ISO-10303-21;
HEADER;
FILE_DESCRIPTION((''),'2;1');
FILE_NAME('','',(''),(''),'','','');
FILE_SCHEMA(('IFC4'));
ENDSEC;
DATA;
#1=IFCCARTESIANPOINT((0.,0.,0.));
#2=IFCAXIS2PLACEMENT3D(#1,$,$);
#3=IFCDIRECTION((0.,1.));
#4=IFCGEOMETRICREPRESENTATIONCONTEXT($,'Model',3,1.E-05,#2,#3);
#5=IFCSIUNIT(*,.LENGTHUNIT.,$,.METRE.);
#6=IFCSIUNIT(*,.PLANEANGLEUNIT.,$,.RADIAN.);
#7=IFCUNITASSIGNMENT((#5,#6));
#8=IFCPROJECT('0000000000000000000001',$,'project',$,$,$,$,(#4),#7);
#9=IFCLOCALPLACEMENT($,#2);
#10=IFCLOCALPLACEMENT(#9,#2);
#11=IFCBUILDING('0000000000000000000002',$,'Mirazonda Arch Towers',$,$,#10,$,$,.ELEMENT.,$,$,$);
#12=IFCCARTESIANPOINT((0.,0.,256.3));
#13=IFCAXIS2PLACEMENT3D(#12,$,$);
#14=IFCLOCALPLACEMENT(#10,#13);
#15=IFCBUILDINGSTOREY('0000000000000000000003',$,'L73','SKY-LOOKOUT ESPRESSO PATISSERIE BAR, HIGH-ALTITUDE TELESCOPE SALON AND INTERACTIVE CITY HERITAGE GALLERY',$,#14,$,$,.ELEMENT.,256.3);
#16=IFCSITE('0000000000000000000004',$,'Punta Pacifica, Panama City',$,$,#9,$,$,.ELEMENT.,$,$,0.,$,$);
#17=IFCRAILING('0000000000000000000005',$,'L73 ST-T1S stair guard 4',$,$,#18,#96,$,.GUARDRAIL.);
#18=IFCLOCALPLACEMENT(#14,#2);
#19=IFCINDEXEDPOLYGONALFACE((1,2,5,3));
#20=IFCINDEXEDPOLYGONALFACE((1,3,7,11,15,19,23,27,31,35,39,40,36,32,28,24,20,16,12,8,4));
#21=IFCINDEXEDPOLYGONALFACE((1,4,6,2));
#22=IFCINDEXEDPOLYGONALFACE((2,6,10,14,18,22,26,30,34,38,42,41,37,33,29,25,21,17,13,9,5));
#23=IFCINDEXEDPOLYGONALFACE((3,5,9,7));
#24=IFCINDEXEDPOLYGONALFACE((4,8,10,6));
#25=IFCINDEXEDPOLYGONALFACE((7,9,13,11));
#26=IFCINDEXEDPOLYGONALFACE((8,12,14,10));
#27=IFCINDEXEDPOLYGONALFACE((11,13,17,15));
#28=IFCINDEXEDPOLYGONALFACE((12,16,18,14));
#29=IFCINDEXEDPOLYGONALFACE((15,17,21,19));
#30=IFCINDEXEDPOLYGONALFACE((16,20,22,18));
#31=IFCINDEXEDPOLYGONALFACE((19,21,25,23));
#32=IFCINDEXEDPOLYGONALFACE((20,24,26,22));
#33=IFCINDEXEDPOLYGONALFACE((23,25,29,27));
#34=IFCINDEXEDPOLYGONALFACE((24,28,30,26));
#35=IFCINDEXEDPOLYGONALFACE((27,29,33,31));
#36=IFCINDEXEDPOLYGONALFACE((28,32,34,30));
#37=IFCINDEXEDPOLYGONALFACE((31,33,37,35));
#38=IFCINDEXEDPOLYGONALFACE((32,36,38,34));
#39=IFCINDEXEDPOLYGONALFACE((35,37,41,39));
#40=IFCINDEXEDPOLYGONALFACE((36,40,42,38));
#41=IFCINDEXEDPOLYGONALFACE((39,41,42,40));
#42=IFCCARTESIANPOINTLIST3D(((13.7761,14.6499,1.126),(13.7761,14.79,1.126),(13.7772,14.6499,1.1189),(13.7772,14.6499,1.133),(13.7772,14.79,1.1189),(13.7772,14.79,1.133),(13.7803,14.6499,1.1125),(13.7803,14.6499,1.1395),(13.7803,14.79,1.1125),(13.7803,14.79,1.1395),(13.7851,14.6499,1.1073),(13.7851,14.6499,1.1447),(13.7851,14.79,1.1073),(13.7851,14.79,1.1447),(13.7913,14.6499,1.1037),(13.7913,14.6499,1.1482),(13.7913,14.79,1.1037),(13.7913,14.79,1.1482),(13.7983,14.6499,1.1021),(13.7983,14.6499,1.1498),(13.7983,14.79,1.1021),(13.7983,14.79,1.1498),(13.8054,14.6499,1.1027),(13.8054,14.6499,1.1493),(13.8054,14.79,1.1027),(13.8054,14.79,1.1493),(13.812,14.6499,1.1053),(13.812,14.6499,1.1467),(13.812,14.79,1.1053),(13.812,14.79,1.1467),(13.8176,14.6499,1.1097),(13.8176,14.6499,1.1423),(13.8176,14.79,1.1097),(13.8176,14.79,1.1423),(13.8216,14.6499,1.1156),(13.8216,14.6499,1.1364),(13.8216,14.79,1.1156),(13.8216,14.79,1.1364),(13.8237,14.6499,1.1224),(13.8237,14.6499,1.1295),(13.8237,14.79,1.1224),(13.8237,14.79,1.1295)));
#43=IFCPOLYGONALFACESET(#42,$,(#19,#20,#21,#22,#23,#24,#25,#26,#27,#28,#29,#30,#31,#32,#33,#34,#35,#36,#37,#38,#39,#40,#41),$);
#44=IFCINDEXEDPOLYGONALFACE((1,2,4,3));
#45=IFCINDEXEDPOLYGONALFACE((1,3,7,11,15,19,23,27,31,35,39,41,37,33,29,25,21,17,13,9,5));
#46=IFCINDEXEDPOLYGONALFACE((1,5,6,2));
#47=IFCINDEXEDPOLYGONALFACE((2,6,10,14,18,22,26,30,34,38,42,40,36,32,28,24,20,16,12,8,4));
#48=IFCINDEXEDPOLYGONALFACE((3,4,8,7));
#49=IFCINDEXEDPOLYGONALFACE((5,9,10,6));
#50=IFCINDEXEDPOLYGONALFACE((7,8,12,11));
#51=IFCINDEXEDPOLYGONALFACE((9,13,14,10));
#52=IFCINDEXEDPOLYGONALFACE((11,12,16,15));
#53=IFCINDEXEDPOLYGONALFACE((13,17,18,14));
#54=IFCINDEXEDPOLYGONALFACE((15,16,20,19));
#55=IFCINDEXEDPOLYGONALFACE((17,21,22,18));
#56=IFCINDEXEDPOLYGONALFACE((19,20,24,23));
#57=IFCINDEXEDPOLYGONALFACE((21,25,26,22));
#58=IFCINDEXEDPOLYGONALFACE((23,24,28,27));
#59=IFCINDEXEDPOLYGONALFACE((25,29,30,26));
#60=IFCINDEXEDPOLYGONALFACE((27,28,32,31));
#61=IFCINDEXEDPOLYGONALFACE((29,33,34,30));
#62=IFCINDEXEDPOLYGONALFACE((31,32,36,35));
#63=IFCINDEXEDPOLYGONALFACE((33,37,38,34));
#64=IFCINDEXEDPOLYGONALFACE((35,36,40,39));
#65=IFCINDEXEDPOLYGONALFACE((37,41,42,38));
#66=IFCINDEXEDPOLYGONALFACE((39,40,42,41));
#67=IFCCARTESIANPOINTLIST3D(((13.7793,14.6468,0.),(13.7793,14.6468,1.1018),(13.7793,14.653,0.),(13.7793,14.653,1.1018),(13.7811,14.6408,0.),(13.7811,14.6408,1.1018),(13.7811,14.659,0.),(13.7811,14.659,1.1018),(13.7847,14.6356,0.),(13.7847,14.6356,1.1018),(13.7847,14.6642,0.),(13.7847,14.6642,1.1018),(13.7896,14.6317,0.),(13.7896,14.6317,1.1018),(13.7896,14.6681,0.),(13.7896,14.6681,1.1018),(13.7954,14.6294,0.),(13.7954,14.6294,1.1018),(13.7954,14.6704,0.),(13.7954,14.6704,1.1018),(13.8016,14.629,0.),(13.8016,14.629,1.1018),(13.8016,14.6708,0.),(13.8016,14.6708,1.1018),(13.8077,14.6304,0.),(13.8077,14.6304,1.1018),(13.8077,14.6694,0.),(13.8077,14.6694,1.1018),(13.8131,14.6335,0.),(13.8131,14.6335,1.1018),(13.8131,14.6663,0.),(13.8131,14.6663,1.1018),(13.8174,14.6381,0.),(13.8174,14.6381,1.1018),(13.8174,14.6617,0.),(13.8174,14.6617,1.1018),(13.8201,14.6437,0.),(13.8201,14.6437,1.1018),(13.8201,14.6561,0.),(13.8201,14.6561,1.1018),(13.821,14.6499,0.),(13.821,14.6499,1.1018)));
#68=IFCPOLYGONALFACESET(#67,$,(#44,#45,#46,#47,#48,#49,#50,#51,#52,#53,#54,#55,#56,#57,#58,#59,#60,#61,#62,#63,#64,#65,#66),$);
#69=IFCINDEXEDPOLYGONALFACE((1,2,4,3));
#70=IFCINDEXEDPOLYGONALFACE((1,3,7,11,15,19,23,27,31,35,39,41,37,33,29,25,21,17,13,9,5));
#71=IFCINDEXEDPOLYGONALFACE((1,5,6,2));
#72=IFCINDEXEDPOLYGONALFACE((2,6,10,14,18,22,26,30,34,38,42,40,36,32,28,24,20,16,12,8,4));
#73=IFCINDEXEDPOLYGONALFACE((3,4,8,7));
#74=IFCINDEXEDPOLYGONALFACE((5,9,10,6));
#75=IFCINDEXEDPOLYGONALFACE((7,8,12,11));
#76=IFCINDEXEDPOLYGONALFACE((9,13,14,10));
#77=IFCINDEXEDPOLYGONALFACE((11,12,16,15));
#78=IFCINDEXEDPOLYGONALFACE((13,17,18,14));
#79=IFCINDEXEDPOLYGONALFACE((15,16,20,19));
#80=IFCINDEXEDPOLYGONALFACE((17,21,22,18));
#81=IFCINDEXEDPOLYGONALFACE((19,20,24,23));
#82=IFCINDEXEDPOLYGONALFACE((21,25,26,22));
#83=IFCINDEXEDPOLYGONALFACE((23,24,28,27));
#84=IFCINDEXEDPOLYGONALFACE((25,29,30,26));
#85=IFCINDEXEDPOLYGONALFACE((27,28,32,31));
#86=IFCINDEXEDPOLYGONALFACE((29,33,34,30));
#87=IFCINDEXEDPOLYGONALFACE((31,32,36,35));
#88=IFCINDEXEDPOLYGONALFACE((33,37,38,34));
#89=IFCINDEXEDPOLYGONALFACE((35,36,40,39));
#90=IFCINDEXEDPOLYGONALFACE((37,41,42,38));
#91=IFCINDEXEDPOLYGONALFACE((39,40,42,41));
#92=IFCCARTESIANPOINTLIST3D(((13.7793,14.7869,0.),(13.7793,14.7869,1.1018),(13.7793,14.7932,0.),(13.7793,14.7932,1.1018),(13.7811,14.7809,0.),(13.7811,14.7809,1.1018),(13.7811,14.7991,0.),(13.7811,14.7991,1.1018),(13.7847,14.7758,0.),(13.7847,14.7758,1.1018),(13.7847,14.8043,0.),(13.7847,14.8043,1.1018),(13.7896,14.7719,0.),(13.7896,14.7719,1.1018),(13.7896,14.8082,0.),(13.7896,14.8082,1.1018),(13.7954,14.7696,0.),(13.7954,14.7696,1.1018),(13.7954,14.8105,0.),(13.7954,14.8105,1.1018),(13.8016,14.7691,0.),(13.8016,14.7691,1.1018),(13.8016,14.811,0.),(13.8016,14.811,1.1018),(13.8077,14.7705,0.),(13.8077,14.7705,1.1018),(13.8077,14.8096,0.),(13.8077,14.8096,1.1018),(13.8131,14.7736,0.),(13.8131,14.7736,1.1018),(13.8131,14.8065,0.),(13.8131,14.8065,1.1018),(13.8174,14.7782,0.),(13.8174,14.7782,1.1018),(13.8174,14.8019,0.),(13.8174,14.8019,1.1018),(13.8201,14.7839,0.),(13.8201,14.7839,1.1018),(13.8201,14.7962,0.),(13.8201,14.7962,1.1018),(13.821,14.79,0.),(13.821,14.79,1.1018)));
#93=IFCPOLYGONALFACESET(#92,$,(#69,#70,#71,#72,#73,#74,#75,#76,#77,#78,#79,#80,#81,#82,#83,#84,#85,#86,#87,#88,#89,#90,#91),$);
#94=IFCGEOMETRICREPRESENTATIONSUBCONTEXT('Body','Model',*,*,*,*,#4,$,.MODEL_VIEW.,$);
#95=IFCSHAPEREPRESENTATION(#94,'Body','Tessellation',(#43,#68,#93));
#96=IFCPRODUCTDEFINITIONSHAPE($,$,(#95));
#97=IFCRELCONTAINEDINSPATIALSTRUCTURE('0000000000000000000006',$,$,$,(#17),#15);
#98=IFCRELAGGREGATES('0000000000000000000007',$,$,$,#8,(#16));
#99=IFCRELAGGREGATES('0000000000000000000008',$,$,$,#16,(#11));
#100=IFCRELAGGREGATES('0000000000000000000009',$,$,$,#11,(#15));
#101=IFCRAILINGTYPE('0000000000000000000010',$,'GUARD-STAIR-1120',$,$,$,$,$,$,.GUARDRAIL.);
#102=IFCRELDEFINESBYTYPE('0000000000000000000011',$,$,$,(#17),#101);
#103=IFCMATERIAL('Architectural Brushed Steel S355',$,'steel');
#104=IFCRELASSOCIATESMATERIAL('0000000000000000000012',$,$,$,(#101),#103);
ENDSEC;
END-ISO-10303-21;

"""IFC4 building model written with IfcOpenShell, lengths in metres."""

from ifc_helpers import new_model, si_unit, direction, frame, origin, origin_2d, place, context, subcontext, project, spatial, circle, extrude, material, type_object, element, save


model = new_model("IFC4")

# Units and contexts
model_context = context("Model", 3, precision=1e-05, world=origin(), true_north=direction((0.0, 1.0)))
body_context = subcontext(model_context, "Body", "Model", "MODEL_VIEW")
ifc_project = project(units=[si_unit("LENGTHUNIT", "METRE"), si_unit("PLANEANGLEUNIT", "RADIAN")], contexts=[model_context])

# Site, building, storey
site_placement = place(None, origin())
site = spatial("IfcSite", under=ifc_project, at=site_placement, Name="Punta Pacifica, Panama City", CompositionType="ELEMENT", RefElevation=0.0)
building_placement = place(site_placement, origin())
building = spatial("IfcBuilding", under=site, at=building_placement, Name="Mirazonda Arch Towers", CompositionType="ELEMENT")
storey_placement = place(building_placement, frame((0.0, 0.0, 256.3)))
storey = spatial("IfcBuildingStorey", under=building, at=storey_placement, Name="L73", Description="SKY-LOOKOUT ESPRESSO PATISSERIE BAR, HIGH-ALTITUDE TELESCOPE SALON AND INTERACTIVE CITY HERITAGE GALLERY", CompositionType="ELEMENT", Elevation=256.3)

# Railing
ifc_material_1 = material(Name="Architectural Brushed Steel S355", Category="steel")
railing_type_1 = type_object("IfcRailingType", Name="GUARD-STAIR-1120", PredefinedType="GUARDRAIL", material=ifc_material_1)
railing_1_placement = place(storey_placement, frame((13.8, 14.6499, 0.0)))
element("IfcRailing", 1, at=railing_1_placement, inside=storey, type_object=railing_type_1, Name="L73 ST-T1S stair guard 4", PredefinedType="GUARDRAIL", context=body_context, shape_type="SweptSolid", body=[
    extrude(circle(Radius=0.0239, at=origin_2d()), frame((0.0, 0.0, 1.126), z_axis=(0.0, 1.0, 0.0), x_axis=(-1.0, 0.0, 0.0)), (0.0, 0.0, 1.0), 0.1401),
    extrude(circle(Radius=0.021, at=origin_2d()), origin(), (0.0, 0.0, 1.0), 1.1018),
    extrude(circle(Radius=0.021, at=origin_2d()), frame((0.0, 0.1401, 0.0)), (0.0, 0.0, 1.0), 1.1018),
])

save(model, "model.ifc")
